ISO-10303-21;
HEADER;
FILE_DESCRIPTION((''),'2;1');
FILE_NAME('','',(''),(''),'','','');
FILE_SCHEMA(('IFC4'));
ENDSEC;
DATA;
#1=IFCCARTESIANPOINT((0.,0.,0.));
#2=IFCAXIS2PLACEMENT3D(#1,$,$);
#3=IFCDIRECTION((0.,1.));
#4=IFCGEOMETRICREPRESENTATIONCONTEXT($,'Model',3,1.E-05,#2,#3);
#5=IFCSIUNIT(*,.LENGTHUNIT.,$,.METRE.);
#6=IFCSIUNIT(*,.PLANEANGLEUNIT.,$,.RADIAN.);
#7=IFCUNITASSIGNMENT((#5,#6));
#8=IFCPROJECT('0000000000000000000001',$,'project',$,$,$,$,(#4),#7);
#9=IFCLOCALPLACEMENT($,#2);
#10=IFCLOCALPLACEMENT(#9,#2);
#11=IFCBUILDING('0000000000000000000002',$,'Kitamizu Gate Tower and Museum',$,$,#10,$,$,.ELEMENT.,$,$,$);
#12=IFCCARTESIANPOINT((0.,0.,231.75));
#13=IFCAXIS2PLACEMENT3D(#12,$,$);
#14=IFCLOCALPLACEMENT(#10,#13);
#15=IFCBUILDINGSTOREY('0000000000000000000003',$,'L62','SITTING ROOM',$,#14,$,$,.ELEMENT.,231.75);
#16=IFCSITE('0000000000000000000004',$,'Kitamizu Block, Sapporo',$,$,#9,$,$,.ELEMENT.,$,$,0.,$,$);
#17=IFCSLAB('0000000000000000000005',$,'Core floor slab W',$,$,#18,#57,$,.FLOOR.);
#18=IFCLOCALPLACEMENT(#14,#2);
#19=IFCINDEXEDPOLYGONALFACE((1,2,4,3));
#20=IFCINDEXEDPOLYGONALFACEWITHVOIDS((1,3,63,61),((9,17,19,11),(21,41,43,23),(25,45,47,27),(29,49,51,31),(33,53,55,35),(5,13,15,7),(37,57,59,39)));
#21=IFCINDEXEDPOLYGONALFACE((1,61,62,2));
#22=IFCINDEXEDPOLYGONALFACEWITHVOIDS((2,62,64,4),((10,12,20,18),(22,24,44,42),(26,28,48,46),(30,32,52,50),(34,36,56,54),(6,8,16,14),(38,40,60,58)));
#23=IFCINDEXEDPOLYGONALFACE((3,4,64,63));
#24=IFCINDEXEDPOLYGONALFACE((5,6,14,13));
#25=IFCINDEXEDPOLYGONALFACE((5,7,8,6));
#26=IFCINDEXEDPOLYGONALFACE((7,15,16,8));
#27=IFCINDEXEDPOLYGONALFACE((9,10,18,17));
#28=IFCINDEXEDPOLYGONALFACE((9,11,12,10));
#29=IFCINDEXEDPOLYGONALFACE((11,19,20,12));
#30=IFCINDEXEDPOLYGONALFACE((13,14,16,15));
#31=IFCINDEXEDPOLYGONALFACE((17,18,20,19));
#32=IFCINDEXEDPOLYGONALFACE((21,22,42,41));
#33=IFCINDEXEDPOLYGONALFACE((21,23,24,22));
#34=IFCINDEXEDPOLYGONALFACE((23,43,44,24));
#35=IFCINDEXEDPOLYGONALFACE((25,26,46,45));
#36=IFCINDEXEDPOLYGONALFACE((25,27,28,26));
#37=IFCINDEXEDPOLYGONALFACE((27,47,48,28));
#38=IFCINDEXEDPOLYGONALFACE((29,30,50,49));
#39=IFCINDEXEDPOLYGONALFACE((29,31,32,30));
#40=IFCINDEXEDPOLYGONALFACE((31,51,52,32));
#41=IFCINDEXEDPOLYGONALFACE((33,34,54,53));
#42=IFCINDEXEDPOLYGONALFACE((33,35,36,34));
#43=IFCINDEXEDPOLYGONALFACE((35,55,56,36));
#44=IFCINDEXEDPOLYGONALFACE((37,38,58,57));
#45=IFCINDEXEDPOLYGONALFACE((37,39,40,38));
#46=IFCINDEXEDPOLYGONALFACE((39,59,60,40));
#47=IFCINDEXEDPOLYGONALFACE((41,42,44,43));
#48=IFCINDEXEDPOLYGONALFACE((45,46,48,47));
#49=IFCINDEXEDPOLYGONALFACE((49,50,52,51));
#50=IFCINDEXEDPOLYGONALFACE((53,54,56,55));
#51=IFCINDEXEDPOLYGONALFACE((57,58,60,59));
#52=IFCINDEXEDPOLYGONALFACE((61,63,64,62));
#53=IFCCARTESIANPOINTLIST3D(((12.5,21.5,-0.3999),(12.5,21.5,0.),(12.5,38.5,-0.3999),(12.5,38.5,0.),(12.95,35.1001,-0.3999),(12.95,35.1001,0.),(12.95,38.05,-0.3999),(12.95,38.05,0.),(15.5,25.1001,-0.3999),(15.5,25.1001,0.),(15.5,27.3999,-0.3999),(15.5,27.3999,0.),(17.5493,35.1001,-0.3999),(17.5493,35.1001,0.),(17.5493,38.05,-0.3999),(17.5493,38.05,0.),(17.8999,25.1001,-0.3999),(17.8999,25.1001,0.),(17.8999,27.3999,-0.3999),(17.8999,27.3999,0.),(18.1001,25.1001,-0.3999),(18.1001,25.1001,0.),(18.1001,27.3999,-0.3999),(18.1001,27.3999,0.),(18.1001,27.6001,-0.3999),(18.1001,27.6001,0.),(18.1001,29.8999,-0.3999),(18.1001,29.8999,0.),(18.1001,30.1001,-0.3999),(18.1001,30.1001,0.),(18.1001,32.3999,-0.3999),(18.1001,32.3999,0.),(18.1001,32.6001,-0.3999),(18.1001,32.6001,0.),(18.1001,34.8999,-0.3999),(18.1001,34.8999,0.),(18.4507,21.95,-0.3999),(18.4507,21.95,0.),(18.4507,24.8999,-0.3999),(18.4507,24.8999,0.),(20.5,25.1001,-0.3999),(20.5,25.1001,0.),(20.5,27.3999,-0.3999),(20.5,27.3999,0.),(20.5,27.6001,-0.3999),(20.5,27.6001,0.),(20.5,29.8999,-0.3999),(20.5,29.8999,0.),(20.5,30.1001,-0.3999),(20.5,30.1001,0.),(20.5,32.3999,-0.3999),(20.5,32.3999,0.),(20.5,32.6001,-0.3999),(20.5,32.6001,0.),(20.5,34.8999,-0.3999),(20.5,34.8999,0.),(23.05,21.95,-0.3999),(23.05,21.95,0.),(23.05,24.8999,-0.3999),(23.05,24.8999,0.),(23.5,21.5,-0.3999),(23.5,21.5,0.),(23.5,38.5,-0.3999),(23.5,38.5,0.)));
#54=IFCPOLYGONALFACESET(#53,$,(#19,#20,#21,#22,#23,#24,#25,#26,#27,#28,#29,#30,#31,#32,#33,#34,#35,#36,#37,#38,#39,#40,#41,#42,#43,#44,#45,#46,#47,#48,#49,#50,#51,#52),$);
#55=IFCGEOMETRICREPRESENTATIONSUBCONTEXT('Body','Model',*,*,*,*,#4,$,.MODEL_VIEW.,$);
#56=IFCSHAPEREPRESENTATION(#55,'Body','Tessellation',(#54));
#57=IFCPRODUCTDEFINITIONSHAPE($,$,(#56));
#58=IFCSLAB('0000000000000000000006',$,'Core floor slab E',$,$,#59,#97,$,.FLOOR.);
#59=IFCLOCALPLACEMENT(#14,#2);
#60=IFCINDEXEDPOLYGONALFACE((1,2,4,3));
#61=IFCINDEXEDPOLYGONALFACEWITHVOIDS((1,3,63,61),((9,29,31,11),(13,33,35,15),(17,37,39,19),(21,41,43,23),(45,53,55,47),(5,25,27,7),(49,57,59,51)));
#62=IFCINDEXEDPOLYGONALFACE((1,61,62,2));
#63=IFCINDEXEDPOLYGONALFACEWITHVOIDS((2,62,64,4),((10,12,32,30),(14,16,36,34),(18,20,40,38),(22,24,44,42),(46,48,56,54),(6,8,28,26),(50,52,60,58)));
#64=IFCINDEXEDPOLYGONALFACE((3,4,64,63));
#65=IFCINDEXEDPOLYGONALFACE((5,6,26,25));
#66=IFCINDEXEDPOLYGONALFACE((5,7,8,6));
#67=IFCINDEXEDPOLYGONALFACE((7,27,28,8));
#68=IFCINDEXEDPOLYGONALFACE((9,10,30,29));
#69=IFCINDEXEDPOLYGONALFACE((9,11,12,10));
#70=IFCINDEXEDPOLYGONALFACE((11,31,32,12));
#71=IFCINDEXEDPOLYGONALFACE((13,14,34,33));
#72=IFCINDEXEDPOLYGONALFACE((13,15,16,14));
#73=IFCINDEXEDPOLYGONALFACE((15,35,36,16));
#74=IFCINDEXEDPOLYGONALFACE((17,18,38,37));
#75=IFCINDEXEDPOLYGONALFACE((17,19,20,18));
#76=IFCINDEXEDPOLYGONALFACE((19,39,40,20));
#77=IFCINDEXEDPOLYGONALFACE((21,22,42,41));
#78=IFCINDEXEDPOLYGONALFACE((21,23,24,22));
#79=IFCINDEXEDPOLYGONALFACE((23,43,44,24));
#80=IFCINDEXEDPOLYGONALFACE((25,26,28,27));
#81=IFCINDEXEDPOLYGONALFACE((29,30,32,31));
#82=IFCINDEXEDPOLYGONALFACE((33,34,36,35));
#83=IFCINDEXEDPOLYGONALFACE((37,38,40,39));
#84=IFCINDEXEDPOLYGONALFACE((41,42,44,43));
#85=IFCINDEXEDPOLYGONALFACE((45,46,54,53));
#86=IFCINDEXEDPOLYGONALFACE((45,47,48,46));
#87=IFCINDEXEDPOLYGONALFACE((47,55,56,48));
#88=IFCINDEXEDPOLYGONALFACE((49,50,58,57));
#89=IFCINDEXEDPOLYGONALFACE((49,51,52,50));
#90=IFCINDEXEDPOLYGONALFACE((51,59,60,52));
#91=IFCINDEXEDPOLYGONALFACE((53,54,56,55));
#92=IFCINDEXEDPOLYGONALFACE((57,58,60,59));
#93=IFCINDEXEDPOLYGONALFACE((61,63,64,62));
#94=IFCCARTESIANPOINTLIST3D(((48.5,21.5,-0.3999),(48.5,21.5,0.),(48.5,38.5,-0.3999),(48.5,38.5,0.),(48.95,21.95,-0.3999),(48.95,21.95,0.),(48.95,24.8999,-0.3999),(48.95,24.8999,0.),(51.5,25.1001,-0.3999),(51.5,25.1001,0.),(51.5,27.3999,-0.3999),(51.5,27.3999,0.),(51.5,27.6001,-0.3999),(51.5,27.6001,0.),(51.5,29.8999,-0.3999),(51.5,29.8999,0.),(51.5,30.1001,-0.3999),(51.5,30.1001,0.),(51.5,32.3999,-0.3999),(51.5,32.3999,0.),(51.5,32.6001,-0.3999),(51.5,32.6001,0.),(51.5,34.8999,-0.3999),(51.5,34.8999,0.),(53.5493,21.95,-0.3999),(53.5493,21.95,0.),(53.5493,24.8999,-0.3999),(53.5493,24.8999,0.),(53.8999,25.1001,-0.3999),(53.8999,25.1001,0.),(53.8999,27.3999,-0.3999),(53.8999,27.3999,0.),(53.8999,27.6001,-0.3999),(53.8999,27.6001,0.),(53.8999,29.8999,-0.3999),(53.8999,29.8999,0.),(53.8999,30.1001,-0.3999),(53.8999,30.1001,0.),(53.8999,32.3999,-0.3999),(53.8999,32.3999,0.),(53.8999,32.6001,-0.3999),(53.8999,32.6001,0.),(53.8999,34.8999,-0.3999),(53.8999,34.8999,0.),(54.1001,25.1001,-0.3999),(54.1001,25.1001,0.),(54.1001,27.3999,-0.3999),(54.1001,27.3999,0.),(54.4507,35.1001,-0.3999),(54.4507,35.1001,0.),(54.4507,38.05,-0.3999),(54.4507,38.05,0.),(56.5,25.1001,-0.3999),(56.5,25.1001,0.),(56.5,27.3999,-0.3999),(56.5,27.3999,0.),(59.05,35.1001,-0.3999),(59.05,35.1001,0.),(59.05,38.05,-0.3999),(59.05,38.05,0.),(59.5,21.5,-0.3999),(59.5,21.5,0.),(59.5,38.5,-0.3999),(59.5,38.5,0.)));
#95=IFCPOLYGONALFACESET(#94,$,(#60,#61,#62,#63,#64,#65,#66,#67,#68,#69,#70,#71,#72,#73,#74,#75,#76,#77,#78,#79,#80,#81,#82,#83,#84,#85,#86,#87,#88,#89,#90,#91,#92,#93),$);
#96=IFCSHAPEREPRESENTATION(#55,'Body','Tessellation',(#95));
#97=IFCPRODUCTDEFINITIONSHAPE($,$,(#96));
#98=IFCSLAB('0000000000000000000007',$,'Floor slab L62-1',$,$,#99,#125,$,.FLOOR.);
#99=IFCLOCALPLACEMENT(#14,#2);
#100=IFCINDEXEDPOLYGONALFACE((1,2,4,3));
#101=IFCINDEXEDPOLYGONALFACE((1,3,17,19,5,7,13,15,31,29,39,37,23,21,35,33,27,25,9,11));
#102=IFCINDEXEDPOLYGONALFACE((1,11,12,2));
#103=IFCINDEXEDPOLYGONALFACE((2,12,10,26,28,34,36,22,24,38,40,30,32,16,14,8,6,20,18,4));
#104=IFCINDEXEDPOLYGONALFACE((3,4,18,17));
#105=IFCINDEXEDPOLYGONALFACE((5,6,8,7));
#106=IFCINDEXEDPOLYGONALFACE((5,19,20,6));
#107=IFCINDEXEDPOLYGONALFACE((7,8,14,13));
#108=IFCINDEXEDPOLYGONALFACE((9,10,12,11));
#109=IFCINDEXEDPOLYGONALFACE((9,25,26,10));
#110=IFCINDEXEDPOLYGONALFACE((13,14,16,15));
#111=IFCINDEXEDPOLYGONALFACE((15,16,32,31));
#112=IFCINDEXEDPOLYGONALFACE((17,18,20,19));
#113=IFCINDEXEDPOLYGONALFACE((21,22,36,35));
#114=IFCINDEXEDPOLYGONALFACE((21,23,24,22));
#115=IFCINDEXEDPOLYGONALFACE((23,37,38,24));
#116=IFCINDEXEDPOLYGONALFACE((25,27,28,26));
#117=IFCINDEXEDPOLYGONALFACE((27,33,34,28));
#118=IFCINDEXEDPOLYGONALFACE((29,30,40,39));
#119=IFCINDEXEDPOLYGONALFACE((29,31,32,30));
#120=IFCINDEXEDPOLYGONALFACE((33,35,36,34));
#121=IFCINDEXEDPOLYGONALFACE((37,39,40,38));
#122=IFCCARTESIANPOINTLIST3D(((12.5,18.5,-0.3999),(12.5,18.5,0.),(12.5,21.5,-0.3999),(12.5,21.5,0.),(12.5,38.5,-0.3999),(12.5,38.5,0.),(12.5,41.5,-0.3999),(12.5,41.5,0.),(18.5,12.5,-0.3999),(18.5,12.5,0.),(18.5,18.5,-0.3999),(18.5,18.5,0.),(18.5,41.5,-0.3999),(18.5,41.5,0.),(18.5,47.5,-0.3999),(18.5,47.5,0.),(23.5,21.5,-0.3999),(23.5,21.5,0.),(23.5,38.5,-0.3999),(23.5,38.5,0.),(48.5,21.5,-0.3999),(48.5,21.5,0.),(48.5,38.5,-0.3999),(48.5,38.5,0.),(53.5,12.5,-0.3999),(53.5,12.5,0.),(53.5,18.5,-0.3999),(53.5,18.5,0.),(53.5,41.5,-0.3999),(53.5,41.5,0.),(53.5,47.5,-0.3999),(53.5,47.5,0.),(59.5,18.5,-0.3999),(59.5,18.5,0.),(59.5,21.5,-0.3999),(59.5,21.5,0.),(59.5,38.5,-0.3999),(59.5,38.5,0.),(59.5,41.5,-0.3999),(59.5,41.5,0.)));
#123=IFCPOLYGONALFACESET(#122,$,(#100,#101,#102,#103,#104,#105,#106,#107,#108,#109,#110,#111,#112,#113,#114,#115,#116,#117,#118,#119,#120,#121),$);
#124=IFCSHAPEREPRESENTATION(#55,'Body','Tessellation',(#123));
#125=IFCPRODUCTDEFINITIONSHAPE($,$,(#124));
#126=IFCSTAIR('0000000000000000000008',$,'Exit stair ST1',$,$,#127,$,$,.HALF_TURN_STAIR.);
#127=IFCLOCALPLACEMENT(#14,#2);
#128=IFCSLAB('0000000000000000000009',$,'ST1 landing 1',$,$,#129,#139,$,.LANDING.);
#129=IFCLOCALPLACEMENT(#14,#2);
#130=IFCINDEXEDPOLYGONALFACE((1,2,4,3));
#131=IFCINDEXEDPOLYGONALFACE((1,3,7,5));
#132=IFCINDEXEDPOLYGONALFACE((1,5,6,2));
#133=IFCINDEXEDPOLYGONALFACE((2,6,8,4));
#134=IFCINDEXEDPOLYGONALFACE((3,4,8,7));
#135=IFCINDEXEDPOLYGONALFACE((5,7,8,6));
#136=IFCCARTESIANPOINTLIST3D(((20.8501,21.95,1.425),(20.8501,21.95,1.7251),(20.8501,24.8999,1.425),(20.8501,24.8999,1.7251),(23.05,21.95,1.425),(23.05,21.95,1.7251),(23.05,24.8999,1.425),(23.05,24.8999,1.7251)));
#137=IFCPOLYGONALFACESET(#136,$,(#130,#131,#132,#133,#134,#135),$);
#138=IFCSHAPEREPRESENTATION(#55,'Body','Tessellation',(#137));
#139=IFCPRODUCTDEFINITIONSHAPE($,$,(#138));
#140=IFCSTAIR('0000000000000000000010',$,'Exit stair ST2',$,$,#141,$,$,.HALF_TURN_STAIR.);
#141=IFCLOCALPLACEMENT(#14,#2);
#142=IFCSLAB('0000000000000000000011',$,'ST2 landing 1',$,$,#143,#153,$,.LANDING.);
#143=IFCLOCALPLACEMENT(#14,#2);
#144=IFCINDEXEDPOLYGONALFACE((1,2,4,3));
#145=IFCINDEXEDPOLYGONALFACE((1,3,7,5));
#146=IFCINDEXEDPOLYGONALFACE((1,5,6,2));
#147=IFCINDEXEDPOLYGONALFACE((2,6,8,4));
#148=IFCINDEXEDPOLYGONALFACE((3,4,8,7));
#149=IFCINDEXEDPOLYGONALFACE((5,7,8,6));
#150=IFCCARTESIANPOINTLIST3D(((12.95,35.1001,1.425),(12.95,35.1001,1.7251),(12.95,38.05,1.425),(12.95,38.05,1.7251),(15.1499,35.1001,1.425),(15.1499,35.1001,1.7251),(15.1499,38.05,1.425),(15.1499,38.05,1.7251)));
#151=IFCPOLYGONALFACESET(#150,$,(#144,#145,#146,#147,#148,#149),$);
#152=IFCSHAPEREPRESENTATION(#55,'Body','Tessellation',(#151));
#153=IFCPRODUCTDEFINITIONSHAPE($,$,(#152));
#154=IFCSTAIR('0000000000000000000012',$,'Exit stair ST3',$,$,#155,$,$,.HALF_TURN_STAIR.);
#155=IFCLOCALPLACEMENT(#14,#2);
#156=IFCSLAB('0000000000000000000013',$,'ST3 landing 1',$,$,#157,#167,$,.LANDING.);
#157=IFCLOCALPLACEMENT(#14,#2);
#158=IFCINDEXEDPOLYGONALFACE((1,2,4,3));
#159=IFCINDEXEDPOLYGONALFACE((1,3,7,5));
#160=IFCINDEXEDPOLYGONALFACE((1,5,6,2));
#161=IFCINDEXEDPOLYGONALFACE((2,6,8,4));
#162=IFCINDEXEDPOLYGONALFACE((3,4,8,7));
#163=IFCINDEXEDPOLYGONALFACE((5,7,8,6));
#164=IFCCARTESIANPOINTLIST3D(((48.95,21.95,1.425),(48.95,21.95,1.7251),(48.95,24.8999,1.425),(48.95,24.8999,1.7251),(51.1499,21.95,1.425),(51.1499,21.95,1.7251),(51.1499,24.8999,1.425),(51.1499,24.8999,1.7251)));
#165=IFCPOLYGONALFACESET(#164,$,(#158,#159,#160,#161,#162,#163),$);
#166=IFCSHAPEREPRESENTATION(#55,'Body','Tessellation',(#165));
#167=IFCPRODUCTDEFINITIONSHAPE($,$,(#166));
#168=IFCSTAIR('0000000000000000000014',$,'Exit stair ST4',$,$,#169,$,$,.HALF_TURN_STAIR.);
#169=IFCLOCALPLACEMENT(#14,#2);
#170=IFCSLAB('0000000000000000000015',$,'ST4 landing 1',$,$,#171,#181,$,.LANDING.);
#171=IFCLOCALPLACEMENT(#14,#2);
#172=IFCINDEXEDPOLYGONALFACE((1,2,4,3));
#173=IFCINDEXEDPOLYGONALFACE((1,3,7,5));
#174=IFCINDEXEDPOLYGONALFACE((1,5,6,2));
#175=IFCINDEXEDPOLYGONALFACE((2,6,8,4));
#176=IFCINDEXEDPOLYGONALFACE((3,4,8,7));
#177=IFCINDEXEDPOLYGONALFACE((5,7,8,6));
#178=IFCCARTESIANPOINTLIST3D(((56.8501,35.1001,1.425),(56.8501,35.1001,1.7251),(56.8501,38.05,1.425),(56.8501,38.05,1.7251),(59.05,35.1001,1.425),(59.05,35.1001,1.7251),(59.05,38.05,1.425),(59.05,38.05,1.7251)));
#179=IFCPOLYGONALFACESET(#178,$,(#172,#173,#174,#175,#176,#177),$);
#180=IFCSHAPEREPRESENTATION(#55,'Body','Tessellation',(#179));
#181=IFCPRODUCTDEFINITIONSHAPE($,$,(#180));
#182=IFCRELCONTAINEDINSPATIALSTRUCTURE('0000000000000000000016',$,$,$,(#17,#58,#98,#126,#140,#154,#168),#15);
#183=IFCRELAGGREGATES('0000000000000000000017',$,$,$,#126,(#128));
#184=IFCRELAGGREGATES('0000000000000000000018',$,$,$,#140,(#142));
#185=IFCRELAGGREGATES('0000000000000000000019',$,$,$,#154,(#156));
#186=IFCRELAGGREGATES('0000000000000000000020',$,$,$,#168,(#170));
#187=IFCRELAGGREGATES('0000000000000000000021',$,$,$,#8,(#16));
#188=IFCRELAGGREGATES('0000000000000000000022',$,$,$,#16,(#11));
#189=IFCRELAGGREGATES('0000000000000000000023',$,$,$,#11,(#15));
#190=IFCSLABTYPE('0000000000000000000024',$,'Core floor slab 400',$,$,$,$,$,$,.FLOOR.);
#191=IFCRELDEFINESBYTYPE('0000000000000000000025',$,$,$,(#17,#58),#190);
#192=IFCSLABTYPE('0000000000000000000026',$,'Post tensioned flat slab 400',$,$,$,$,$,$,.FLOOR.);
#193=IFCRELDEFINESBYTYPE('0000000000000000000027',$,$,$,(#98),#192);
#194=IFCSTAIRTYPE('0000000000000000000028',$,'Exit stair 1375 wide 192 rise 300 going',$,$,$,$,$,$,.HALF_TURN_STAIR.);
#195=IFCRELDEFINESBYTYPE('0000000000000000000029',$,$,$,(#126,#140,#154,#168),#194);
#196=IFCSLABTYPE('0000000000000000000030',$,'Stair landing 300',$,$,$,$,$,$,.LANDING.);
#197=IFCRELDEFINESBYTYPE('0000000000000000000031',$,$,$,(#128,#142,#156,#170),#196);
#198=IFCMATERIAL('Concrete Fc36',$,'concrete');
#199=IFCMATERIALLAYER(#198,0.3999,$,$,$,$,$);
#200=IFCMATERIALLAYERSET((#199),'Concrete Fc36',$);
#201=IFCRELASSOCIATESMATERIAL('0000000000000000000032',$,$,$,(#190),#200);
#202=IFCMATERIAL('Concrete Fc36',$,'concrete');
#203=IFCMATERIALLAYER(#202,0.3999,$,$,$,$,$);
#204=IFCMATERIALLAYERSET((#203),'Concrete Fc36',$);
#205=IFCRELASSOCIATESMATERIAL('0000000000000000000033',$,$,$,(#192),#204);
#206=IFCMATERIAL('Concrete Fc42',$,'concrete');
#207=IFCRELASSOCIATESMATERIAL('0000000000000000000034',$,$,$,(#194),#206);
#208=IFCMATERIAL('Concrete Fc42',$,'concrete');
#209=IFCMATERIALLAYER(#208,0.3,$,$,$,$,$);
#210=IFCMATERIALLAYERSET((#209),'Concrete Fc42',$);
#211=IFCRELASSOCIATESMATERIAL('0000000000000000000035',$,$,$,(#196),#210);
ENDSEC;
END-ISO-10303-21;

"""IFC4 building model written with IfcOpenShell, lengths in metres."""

from ifc_helpers import new_model, si_unit, direction, frame, origin, place, context, subcontext, project, spatial, polyline, outline, extrude, material, layer, layer_set, type_object, element, aggregate, save


model = new_model("IFC4")

# Units and contexts
model_context = context("Model", 3, precision=1e-05, world=origin(), true_north=direction((0.0, 1.0)))
body_context = subcontext(model_context, "Body", "Model", "MODEL_VIEW")
ifc_project = project(units=[si_unit("LENGTHUNIT", "METRE"), si_unit("PLANEANGLEUNIT", "RADIAN")], contexts=[model_context])

# Site, building, storey
site_placement = place(None, origin())
site = spatial("IfcSite", under=ifc_project, at=site_placement, Name="Kitamizu Block, Sapporo", CompositionType="ELEMENT", RefElevation=0.0)
building_placement = place(site_placement, origin())
building = spatial("IfcBuilding", under=site, at=building_placement, Name="Kitamizu Gate Tower and Museum", CompositionType="ELEMENT")
storey_placement = place(building_placement, frame((0.0, 0.0, 231.75)))
storey = spatial("IfcBuildingStorey", under=building, at=storey_placement, Name="L62", Description="SITTING ROOM", CompositionType="ELEMENT", Elevation=231.75)

# Slabs
ifc_material_1 = material(Name="Concrete Fc36", Category="concrete")
ifc_layer_1 = layer(ifc_material_1, 0.3999)
ifc_layer_set_1 = layer_set([ifc_layer_1], Name="Concrete Fc36")
slab_type_1 = type_object("IfcSlabType", Name="Core floor slab 400", PredefinedType="FLOOR", material=ifc_layer_set_1)
slab_1_placement = place(storey_placement, frame((0.0, 0.0, -0.3999)))
element("IfcSlab", 1, at=slab_1_placement, inside=storey, type_object=slab_type_1, Name="Core floor slab W", PredefinedType="FLOOR", context=body_context, shape_type="SweptSolid", body=[
    extrude(outline(polyline([(12.5, 21.5), (23.5, 21.5), (23.5, 38.5), (12.5, 38.5), (12.5, 21.5)]), holes=[polyline([(15.5, 25.1001), (17.8999, 25.1001), (17.8999, 27.3999), (15.5, 27.3999), (15.5, 25.1001)]), polyline([(18.1001, 25.1001), (20.5, 25.1001), (20.5, 27.3999), (18.1001, 27.3999), (18.1001, 25.1001)]), polyline([(18.1001, 27.6001), (20.5, 27.6001), (20.5, 29.8999), (18.1001, 29.8999), (18.1001, 27.6001)]), polyline([(18.1001, 30.1001), (20.5, 30.1001), (20.5, 32.3999), (18.1001, 32.3999), (18.1001, 30.1001)]), polyline([(18.1001, 32.6001), (20.5, 32.6001), (20.5, 34.8999), (18.1001, 34.8999), (18.1001, 32.6001)]), polyline([(18.4507, 21.95), (23.05, 21.95), (23.05, 24.8999), (18.4507, 24.8999), (18.4507, 21.95)]), polyline([(12.95, 35.1001), (17.5493, 35.1001), (17.5493, 38.05), (12.95, 38.05), (12.95, 35.1001)])]), origin(), (0.0, 0.0, 1.0), 0.3999),
])
slab_2_placement = place(storey_placement, frame((0.0, 0.0, -0.3999)))
element("IfcSlab", 2, at=slab_2_placement, inside=storey, type_object=slab_type_1, Name="Core floor slab E", PredefinedType="FLOOR", context=body_context, shape_type="SweptSolid", body=[
    extrude(outline(polyline([(48.5, 21.5), (59.5, 21.5), (59.5, 38.5), (48.5, 38.5), (48.5, 21.5)]), holes=[polyline([(54.1001, 25.1001), (56.5, 25.1001), (56.5, 27.3999), (54.1001, 27.3999), (54.1001, 25.1001)]), polyline([(51.5, 25.1001), (53.8999, 25.1001), (53.8999, 27.3999), (51.5, 27.3999), (51.5, 25.1001)]), polyline([(51.5, 27.6001), (53.8999, 27.6001), (53.8999, 29.8999), (51.5, 29.8999), (51.5, 27.6001)]), polyline([(51.5, 30.1001), (53.8999, 30.1001), (53.8999, 32.3999), (51.5, 32.3999), (51.5, 30.1001)]), polyline([(51.5, 32.6001), (53.8999, 32.6001), (53.8999, 34.8999), (51.5, 34.8999), (51.5, 32.6001)]), polyline([(48.95, 21.95), (53.5493, 21.95), (53.5493, 24.8999), (48.95, 24.8999), (48.95, 21.95)]), polyline([(54.4507, 35.1001), (59.05, 35.1001), (59.05, 38.05), (54.4507, 38.05), (54.4507, 35.1001)])]), origin(), (0.0, 0.0, 1.0), 0.3999),
])
ifc_material_2 = material(Name="Concrete Fc36", Category="concrete")
ifc_layer_2 = layer(ifc_material_2, 0.3999)
ifc_layer_set_2 = layer_set([ifc_layer_2], Name="Concrete Fc36")
slab_type_2 = type_object("IfcSlabType", Name="Post tensioned flat slab 400", PredefinedType="FLOOR", material=ifc_layer_set_2)
slab_3_placement = place(storey_placement, frame((0.0, 0.0, -0.3999)))
element("IfcSlab", 3, at=slab_3_placement, inside=storey, type_object=slab_type_2, Name="Floor slab L62-1", PredefinedType="FLOOR", context=body_context, shape_type="SweptSolid", body=[
    extrude(outline(polyline([(12.5, 18.5), (12.5, 21.5), (23.5, 21.5), (23.5, 38.5), (12.5, 38.5), (12.5, 41.5), (18.5, 41.5), (18.5, 47.5), (53.5, 47.5), (53.5, 41.5), (59.5, 41.5), (59.5, 38.5), (48.5, 38.5), (48.5, 21.5), (59.5, 21.5), (59.5, 18.5), (53.5, 18.5), (53.5, 12.5), (18.5, 12.5), (18.5, 18.5), (12.5, 18.5)])), origin(), (0.0, 0.0, 1.0), 0.3999),
])

# Stairs, slabs
ifc_material_3 = material(Name="Concrete Fc42", Category="concrete")
stair_type = type_object("IfcStairType", Name="Exit stair 1375 wide 192 rise 300 going", PredefinedType="HALF_TURN_STAIR", material=ifc_material_3)
stair_1_placement = place(storey_placement, origin())
stair_1 = element("IfcStair", 4, at=stair_1_placement, inside=storey, type_object=stair_type, Name="Exit stair ST1", PredefinedType="HALF_TURN_STAIR")
ifc_material_4 = material(Name="Concrete Fc42", Category="concrete")
ifc_layer_3 = layer(ifc_material_4, 0.3)
ifc_layer_set_3 = layer_set([ifc_layer_3], Name="Concrete Fc42")
slab_type_3 = type_object("IfcSlabType", Name="Stair landing 300", PredefinedType="LANDING", material=ifc_layer_set_3)
slab_4_placement = place(storey_placement, frame((0.0, 0.0, 1.425)))
slab_4 = element("IfcSlab", 5, at=slab_4_placement, type_object=slab_type_3, Name="ST1 landing 1", PredefinedType="LANDING", context=body_context, shape_type="SweptSolid", body=[
    extrude(outline(polyline([(20.8501, 21.95), (23.05, 21.95), (23.05, 24.8999), (20.8501, 24.8999), (20.8501, 21.95)])), origin(), (0.0, 0.0, 1.0), 0.3),
])
aggregate(stair_1, [slab_4])
stair_2_placement = place(storey_placement, origin())
stair_2 = element("IfcStair", 6, at=stair_2_placement, inside=storey, type_object=stair_type, Name="Exit stair ST2", PredefinedType="HALF_TURN_STAIR")
slab_5_placement = place(storey_placement, frame((0.0, 0.0, 1.425)))
slab_5 = element("IfcSlab", 7, at=slab_5_placement, type_object=slab_type_3, Name="ST2 landing 1", PredefinedType="LANDING", context=body_context, shape_type="SweptSolid", body=[
    extrude(outline(polyline([(12.95, 35.1001), (15.1499, 35.1001), (15.1499, 38.05), (12.95, 38.05), (12.95, 35.1001)])), origin(), (0.0, 0.0, 1.0), 0.3),
])
aggregate(stair_2, [slab_5])
stair_3_placement = place(storey_placement, origin())
stair_3 = element("IfcStair", 8, at=stair_3_placement, inside=storey, type_object=stair_type, Name="Exit stair ST3", PredefinedType="HALF_TURN_STAIR")
slab_6_placement = place(storey_placement, frame((0.0, 0.0, 1.425)))
slab_6 = element("IfcSlab", 9, at=slab_6_placement, type_object=slab_type_3, Name="ST3 landing 1", PredefinedType="LANDING", context=body_context, shape_type="SweptSolid", body=[
    extrude(outline(polyline([(48.95, 21.95), (51.1499, 21.95), (51.1499, 24.8999), (48.95, 24.8999), (48.95, 21.95)])), origin(), (0.0, 0.0, 1.0), 0.3),
])
aggregate(stair_3, [slab_6])
stair_4_placement = place(storey_placement, origin())
stair_4 = element("IfcStair", 10, at=stair_4_placement, inside=storey, type_object=stair_type, Name="Exit stair ST4", PredefinedType="HALF_TURN_STAIR")
slab_7_placement = place(storey_placement, frame((0.0, 0.0, 1.425)))
slab_7 = element("IfcSlab", 11, at=slab_7_placement, type_object=slab_type_3, Name="ST4 landing 1", PredefinedType="LANDING", context=body_context, shape_type="SweptSolid", body=[
    extrude(outline(polyline([(56.8501, 35.1001), (59.05, 35.1001), (59.05, 38.05), (56.8501, 38.05), (56.8501, 35.1001)])), origin(), (0.0, 0.0, 1.0), 0.3),
])
aggregate(stair_4, [slab_7])

save(model, "model.ifc")
